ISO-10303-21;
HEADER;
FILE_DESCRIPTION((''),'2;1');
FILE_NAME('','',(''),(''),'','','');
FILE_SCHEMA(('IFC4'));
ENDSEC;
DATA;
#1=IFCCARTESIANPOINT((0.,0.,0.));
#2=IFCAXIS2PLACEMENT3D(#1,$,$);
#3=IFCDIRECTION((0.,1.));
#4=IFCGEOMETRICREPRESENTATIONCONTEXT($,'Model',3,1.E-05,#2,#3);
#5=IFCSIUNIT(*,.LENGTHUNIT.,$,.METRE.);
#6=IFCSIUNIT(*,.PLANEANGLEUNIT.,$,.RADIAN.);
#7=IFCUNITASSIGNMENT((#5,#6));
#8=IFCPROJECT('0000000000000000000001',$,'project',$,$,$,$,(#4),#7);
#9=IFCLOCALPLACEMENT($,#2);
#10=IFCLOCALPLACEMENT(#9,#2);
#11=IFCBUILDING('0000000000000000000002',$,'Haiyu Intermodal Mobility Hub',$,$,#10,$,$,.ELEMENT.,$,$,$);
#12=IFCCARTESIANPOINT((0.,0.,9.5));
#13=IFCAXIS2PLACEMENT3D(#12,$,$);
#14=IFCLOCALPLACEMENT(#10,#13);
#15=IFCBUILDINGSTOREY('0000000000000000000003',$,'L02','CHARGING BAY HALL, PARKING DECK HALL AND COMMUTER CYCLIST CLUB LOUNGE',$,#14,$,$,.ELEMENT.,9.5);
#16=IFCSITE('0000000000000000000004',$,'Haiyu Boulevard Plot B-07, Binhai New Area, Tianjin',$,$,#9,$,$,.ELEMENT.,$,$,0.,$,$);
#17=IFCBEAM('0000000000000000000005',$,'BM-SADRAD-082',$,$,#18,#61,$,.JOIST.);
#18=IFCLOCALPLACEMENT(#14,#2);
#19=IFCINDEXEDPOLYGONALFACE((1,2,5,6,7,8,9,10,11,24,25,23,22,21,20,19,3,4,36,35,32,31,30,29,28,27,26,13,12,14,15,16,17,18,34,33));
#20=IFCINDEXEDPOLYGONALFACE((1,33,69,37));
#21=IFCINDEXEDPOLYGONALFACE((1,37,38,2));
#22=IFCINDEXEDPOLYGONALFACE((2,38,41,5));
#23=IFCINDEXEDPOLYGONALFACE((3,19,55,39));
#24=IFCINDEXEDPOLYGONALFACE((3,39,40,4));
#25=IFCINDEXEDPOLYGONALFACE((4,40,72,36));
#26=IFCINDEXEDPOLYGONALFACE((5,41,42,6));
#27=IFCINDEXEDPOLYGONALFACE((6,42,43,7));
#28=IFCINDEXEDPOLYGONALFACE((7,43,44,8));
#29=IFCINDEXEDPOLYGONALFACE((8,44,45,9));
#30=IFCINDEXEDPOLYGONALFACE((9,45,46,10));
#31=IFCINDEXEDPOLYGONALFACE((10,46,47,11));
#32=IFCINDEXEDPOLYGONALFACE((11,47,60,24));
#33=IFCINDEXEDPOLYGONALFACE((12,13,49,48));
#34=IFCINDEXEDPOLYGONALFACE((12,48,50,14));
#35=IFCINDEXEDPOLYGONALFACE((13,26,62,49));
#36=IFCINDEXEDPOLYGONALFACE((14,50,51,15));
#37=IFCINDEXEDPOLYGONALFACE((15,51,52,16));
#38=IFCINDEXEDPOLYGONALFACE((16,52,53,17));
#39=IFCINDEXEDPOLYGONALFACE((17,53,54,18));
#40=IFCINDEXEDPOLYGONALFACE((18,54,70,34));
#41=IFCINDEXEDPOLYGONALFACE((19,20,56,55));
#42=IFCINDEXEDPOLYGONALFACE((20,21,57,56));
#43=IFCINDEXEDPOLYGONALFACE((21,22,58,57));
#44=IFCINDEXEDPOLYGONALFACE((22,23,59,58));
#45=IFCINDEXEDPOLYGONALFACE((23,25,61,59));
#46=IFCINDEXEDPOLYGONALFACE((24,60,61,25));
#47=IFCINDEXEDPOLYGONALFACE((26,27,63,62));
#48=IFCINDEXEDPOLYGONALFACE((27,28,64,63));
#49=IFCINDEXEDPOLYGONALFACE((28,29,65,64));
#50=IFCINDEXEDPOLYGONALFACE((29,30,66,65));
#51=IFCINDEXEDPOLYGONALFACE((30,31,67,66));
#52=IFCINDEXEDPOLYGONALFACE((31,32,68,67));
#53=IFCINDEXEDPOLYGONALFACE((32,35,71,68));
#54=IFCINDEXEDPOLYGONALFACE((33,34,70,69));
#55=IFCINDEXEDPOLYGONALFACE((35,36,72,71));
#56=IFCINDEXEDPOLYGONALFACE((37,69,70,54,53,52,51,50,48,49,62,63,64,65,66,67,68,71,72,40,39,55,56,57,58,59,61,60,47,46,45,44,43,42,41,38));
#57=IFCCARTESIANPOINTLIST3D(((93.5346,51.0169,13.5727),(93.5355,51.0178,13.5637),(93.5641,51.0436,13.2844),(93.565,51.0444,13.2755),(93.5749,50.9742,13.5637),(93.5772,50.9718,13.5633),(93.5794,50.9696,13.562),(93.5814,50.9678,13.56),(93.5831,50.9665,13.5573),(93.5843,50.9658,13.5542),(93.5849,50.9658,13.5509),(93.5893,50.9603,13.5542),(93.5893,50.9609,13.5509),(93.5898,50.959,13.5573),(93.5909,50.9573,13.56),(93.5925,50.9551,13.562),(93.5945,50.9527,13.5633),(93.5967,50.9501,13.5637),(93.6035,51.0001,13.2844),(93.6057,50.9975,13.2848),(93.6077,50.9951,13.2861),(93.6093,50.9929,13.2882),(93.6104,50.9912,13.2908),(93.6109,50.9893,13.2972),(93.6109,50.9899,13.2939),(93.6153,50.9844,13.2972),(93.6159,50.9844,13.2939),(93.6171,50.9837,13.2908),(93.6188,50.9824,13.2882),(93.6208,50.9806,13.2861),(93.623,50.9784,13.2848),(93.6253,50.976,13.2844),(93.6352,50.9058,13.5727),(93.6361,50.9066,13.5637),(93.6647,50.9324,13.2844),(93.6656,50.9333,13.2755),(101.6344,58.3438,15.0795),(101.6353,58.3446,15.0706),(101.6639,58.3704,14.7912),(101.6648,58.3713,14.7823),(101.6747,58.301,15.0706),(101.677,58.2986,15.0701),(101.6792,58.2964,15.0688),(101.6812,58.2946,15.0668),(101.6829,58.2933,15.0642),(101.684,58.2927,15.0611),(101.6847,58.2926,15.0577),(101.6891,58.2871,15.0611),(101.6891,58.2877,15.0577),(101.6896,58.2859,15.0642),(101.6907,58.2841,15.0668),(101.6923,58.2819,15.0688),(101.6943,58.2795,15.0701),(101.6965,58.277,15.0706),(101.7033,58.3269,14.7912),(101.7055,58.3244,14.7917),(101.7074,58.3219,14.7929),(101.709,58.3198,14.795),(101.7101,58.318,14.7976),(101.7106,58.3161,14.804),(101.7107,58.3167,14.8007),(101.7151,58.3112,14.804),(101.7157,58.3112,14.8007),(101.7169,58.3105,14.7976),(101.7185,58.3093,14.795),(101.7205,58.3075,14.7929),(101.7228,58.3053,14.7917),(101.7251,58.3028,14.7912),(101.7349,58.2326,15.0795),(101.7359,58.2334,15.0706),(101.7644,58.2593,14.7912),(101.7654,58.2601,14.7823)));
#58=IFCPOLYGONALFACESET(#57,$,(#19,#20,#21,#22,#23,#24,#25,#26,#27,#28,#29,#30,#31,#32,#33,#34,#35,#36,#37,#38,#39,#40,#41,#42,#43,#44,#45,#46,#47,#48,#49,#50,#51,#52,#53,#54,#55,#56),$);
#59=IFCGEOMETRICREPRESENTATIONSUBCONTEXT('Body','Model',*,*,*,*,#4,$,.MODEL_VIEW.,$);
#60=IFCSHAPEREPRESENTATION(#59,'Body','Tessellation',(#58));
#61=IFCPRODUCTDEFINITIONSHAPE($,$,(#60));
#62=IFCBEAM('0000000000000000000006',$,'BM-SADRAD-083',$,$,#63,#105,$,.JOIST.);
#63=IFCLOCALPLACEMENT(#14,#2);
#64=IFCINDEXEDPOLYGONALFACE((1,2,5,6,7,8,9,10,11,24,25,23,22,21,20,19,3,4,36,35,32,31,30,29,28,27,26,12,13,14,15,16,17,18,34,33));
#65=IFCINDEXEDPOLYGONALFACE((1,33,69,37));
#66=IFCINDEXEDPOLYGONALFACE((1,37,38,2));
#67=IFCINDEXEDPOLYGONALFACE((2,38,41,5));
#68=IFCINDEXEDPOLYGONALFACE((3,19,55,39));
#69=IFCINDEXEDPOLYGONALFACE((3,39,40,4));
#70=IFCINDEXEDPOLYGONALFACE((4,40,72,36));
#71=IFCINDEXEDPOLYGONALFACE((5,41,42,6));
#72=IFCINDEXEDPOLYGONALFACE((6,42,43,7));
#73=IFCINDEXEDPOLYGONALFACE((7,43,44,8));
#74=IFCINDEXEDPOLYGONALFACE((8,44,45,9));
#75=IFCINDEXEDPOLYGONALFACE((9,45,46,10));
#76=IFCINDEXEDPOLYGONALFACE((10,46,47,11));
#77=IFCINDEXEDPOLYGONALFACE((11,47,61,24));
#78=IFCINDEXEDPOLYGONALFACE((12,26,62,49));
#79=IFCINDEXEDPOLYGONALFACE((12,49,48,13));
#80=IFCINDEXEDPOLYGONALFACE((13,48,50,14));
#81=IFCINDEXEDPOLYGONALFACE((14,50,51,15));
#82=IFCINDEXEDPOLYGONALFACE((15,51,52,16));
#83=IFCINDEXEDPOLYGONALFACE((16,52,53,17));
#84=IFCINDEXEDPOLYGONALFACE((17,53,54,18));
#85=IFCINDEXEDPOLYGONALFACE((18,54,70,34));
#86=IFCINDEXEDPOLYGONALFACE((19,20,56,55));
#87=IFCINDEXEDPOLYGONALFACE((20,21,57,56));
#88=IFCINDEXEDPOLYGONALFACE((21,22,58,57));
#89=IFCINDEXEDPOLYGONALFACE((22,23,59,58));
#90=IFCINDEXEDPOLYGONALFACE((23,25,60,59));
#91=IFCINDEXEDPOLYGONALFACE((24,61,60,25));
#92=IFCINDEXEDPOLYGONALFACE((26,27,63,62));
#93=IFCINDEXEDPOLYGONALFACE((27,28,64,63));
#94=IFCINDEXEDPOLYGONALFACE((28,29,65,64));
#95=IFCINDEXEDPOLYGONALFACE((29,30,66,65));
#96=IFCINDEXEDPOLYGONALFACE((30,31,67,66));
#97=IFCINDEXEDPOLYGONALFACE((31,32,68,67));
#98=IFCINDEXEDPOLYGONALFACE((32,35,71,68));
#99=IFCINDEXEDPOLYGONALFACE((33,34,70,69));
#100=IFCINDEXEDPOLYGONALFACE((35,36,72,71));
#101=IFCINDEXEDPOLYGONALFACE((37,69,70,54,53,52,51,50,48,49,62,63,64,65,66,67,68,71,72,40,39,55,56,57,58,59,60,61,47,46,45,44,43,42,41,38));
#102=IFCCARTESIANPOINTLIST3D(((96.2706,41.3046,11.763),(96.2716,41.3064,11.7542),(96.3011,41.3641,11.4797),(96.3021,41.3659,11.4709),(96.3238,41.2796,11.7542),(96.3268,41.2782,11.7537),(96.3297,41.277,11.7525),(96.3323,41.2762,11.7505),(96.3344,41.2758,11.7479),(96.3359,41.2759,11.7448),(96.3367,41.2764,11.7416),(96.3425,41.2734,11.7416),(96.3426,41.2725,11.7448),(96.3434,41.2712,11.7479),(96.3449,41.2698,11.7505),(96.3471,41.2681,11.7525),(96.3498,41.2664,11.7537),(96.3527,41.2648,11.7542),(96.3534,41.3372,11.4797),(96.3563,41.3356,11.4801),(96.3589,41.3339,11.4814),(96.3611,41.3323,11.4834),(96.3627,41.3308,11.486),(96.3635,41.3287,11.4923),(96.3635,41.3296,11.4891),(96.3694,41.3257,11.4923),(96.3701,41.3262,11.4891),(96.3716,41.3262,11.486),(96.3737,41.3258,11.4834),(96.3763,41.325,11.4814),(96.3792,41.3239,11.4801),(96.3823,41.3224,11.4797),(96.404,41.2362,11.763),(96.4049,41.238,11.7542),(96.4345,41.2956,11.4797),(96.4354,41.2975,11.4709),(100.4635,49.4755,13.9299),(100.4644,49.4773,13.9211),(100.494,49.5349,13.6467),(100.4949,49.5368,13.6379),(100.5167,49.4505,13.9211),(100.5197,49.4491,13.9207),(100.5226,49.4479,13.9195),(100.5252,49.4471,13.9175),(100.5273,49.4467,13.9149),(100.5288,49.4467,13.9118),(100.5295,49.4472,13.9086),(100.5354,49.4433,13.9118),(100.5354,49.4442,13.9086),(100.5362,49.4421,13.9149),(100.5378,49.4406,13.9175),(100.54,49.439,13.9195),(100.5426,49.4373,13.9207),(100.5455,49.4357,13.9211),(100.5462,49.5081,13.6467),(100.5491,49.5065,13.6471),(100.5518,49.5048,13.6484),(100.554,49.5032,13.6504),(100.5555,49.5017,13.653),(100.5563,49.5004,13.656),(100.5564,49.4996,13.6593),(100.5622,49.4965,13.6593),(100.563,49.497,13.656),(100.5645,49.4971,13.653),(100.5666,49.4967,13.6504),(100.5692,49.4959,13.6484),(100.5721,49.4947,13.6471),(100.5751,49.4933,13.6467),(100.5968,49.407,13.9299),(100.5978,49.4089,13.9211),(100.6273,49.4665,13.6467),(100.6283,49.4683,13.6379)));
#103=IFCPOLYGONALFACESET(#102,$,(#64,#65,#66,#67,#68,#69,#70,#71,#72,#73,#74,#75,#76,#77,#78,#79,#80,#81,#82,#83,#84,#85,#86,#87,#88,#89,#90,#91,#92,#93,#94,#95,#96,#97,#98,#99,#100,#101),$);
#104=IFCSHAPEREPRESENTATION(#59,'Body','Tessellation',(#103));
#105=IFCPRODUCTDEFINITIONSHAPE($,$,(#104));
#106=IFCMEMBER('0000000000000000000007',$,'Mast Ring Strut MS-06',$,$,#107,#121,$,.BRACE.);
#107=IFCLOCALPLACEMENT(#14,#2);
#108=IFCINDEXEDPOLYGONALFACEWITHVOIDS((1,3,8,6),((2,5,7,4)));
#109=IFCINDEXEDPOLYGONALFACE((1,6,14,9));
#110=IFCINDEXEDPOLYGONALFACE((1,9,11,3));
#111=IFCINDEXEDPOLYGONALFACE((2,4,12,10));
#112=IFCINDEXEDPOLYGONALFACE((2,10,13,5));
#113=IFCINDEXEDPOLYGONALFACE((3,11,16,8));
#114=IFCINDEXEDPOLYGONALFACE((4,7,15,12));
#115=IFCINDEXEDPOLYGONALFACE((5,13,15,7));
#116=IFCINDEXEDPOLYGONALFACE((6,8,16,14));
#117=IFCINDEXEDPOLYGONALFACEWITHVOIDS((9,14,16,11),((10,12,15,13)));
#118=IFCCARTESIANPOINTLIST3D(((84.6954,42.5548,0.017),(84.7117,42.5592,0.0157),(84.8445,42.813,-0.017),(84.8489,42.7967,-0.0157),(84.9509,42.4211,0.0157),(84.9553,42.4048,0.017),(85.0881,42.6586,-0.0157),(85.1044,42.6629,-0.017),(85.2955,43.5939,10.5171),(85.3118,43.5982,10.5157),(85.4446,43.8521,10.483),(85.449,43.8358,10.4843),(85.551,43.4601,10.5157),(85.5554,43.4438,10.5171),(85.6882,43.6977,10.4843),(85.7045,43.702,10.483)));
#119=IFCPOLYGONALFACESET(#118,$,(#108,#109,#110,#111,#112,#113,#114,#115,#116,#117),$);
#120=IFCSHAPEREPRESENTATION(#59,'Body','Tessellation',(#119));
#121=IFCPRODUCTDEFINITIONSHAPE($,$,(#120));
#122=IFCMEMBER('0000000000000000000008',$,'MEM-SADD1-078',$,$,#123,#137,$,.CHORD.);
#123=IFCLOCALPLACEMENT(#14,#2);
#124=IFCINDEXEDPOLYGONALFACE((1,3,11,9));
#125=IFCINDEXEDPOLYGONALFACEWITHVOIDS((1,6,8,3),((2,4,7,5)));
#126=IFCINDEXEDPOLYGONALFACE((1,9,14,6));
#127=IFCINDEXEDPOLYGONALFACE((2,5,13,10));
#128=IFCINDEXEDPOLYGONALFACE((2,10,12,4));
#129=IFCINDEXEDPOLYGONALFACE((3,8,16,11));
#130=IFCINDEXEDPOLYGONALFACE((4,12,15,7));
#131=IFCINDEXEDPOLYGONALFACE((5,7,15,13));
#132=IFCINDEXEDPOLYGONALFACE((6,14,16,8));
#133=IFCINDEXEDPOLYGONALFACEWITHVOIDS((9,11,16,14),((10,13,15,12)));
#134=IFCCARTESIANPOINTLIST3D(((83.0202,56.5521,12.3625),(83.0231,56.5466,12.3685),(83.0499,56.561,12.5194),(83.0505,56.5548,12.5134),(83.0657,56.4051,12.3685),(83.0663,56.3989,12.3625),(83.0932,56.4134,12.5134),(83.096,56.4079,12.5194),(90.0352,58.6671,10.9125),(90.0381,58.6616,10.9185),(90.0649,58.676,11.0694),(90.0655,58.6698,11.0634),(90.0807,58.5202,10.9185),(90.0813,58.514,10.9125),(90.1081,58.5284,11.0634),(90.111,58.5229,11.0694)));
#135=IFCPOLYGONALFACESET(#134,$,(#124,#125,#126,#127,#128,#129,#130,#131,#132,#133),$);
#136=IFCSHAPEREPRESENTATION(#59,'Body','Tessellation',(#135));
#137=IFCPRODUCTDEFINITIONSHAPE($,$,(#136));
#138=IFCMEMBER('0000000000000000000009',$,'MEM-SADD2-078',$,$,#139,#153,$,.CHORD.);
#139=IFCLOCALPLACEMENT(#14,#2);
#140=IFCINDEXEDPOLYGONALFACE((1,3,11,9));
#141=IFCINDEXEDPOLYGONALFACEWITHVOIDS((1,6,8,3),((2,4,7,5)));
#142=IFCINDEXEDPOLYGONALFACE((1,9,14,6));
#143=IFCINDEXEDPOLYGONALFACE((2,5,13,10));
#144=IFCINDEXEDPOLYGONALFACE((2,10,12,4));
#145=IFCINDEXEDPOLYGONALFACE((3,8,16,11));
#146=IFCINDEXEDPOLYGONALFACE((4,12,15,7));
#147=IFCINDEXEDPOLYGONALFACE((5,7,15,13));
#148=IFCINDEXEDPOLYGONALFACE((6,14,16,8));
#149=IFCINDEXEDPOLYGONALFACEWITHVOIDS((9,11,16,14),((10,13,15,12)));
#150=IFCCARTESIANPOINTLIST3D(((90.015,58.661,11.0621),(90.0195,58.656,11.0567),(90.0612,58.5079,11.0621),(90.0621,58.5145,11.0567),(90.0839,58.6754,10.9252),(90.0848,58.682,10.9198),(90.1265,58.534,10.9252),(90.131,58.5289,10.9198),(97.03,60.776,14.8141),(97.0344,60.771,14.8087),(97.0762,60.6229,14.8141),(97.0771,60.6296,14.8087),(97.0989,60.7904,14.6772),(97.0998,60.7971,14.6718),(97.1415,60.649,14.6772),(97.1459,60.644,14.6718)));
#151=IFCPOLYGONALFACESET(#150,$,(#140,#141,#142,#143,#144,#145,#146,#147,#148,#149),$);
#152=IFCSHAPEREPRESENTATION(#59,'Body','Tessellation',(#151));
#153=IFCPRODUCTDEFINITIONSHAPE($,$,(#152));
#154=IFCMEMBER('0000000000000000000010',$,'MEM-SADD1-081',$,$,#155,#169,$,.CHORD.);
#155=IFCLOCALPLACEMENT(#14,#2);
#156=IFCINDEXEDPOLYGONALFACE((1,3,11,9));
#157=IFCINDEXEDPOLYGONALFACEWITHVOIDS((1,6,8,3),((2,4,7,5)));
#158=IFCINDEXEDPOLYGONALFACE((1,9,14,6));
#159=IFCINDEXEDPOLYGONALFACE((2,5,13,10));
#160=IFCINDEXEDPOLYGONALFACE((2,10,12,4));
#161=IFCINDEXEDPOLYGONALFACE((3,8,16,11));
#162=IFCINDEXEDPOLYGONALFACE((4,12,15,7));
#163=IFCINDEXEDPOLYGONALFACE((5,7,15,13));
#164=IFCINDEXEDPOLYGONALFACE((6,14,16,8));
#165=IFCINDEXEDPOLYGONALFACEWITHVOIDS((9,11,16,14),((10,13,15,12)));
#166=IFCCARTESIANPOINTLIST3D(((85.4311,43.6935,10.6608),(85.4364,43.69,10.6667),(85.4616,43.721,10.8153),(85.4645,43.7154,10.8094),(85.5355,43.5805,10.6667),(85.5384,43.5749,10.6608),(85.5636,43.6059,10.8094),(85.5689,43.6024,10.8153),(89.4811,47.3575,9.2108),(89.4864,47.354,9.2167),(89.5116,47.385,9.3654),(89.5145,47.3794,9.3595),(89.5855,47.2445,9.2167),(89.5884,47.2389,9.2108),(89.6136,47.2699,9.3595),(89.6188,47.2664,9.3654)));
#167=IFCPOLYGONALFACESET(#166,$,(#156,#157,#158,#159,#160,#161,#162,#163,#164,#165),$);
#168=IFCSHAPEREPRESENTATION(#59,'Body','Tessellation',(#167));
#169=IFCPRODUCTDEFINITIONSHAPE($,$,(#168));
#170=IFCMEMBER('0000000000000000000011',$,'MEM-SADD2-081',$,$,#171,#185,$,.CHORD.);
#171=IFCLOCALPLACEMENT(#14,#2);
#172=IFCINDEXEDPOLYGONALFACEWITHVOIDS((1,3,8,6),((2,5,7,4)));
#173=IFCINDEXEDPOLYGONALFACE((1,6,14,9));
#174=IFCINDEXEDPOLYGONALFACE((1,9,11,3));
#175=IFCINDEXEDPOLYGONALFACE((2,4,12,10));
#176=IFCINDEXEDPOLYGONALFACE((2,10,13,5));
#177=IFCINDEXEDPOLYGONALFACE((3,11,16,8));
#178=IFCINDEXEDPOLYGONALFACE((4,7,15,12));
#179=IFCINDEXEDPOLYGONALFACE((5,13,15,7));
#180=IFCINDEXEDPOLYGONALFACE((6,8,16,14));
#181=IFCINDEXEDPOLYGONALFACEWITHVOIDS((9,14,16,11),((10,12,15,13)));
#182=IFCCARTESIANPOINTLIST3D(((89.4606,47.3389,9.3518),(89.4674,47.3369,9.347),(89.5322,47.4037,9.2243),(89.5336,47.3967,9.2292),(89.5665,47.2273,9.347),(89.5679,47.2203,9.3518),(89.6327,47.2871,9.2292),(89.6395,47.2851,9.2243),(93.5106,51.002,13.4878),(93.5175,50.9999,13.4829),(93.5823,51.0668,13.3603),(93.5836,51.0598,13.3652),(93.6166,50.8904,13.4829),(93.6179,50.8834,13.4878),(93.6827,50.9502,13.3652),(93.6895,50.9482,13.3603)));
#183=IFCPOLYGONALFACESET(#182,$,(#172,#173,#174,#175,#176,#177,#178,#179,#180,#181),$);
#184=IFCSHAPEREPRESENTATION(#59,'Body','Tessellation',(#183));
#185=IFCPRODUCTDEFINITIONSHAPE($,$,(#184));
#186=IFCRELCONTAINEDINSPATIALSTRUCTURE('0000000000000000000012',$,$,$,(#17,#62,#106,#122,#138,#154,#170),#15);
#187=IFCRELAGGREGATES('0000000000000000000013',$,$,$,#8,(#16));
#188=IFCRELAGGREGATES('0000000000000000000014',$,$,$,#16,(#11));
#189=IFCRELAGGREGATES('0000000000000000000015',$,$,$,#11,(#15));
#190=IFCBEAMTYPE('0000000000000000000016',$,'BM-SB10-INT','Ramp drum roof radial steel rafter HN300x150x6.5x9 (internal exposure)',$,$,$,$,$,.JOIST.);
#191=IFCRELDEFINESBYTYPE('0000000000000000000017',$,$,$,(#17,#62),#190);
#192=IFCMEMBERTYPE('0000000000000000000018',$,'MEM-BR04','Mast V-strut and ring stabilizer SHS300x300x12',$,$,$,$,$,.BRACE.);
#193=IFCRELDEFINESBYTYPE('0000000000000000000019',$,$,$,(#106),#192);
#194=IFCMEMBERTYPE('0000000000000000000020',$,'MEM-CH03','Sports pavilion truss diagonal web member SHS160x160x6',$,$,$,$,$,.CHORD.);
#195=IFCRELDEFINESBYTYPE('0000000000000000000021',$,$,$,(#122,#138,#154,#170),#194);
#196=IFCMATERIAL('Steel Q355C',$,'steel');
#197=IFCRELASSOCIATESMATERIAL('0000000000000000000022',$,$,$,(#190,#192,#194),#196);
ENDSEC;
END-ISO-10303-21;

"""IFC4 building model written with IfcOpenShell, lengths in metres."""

from ifc_helpers import new_model, si_unit, direction, frame, origin, origin_2d, place, context, subcontext, project, spatial, hollow_rectangle, i_section, extrude, material, material_profile, profile_set, type_object, element, save


model = new_model("IFC4")

# Units and contexts
model_context = context("Model", 3, precision=1e-05, world=origin(), true_north=direction((0.0, 1.0)))
body_context = subcontext(model_context, "Body", "Model", "MODEL_VIEW")
ifc_project = project(units=[si_unit("LENGTHUNIT", "METRE"), si_unit("PLANEANGLEUNIT", "RADIAN")], contexts=[model_context])

# Site, building, storey
site_placement = place(None, origin())
site = spatial("IfcSite", under=ifc_project, at=site_placement, Name="Haiyu Boulevard Plot B-07, Binhai New Area, Tianjin", CompositionType="ELEMENT", RefElevation=0.0)
building_placement = place(site_placement, origin())
building = spatial("IfcBuilding", under=site, at=building_placement, Name="Haiyu Intermodal Mobility Hub", CompositionType="ELEMENT")
storey_placement = place(building_placement, frame((0.0, 0.0, 9.5)))
storey = spatial("IfcBuildingStorey", under=building, at=storey_placement, Name="L02", Description="CHARGING BAY HALL, PARKING DECK HALL AND COMMUTER CYCLIST CLUB LOUNGE", CompositionType="ELEMENT", Elevation=9.5)

# Shared definitions
ifc_material_1 = material(Name="Steel Q355C", Category="steel")

# Beams
ifc_material_profile_1 = material_profile(ifc_material_1, i_section(OverallWidth=0.1499, OverallDepth=0.3, WebThickness=0.0066, FlangeThickness=0.009, FilletRadius=0.0129, at=origin_2d()), Name="HN300x150x6.5x9")
ifc_profile_set_1 = profile_set([ifc_material_profile_1], Name="Steel Q355C")
beam_type_1 = type_object("IfcBeamType", Name="BM-SB10-INT", Description="Ramp drum roof radial steel rafter HN300x150x6.5x9 (internal exposure)", PredefinedType="JOIST", material=ifc_profile_set_1)
beam_1_placement = place(storey_placement, frame((93.6001, 50.9751, 13.4241), z_axis=(0.734647, 0.664542, 0.136668), x_axis=(-0.670836, 0.741606, 0.0)))
element("IfcBeam", 1, at=beam_1_placement, inside=storey, type_object=beam_type_1, Name="BM-SADRAD-082", PredefinedType="JOIST", context=body_context, shape_type="SweptSolid", body=[
    extrude(i_section(OverallWidth=0.1499, OverallDepth=0.3, WebThickness=0.0066, FlangeThickness=0.009, FilletRadius=0.0129, at=origin_2d()), origin(), (0.0, 0.0, 1.0), 11.0254),
])
beam_2_placement = place(storey_placement, frame((96.353, 41.301, 11.6169), z_axis=(0.444345, 0.865921, 0.22965), x_axis=(-0.8897, 0.456547, 0.0)))
element("IfcBeam", 2, at=beam_2_placement, inside=storey, type_object=beam_type_1, Name="BM-SADRAD-083", PredefinedType="JOIST", context=body_context, shape_type="SweptSolid", body=[
    extrude(i_section(OverallWidth=0.1499, OverallDepth=0.3, WebThickness=0.0066, FlangeThickness=0.009, FilletRadius=0.0129, at=origin_2d()), origin(), (0.0, 0.0, 1.0), 9.436),
])

# Members
ifc_material_profile_2 = material_profile(ifc_material_1, hollow_rectangle(XDim=0.3, YDim=0.3, WallThickness=0.012, at=origin_2d()), Name="SHS300x300x12")
ifc_profile_set_2 = profile_set([ifc_material_profile_2], Name="Steel Q355C")
member_type_1 = type_object("IfcMemberType", Name="MEM-BR04", Description="Mast V-strut and ring stabilizer SHS300x300x12", PredefinedType="BRACE", material=ifc_profile_set_2)
member_1_placement = place(storey_placement, frame((84.8999, 42.6089, 0.0), z_axis=(0.056783, 0.098318, 0.993534), x_axis=(-0.865955, 0.500122, 0.0)))
element("IfcMember", 3, at=member_1_placement, inside=storey, type_object=member_type_1, Name="Mast Ring Strut MS-06", PredefinedType="BRACE", context=body_context, shape_type="SweptSolid", body=[
    extrude(hollow_rectangle(XDim=0.3, YDim=0.3, WallThickness=0.012, at=origin_2d()), origin(), (0.0, 0.0, 1.0), 10.5684),
])
ifc_material_profile_3 = material_profile(ifc_material_1, hollow_rectangle(XDim=0.1599, YDim=0.1599, WallThickness=0.0061, at=origin_2d()), Name="SHS160x160x6")
ifc_profile_set_3 = profile_set([ifc_material_profile_3], Name="Steel Q355C")
member_type_2 = type_object("IfcMemberType", Name="MEM-CH03", Description="Sports pavilion truss diagonal web member SHS160x160x6", PredefinedType="CHORD", material=ifc_profile_set_3)
member_2_placement = place(storey_placement, frame((83.0581, 56.48, 12.4409), z_axis=(0.939215, 0.283173, -0.194132), x_axis=(-0.288665, 0.95743, 0.0)))
element("IfcMember", 4, at=member_2_placement, inside=storey, type_object=member_type_2, Name="MEM-SADD1-078", PredefinedType="CHORD", context=body_context, shape_type="SweptSolid", body=[
    extrude(hollow_rectangle(XDim=0.1599, YDim=0.1599, WallThickness=0.0061, at=origin_2d()), origin(), (0.0, 0.0, 1.0), 7.469),
])
member_3_placement = place(storey_placement, frame((90.073, 58.595, 10.991), z_axis=(0.852192, 0.256936, 0.455799), x_axis=(-0.288665, 0.95743, 0.0)))
element("IfcMember", 5, at=member_3_placement, inside=storey, type_object=member_type_2, Name="MEM-SADD2-078", PredefinedType="CHORD", context=body_context, shape_type="SweptSolid", body=[
    extrude(hollow_rectangle(XDim=0.1599, YDim=0.1599, WallThickness=0.0061, at=origin_2d()), origin(), (0.0, 0.0, 1.0), 8.2317),
])
member_4_placement = place(storey_placement, frame((85.5, 43.6479, 10.738), z_axis=(0.716732, 0.648424, -0.256596), x_axis=(-0.670886, 0.74156, 0.0)))
element("IfcMember", 6, at=member_4_placement, inside=storey, type_object=member_type_2, Name="MEM-SADD1-081", PredefinedType="CHORD", context=body_context, shape_type="SweptSolid", body=[
    extrude(hollow_rectangle(XDim=0.1599, YDim=0.1599, WallThickness=0.0061, at=origin_2d()), origin(), (0.0, 0.0, 1.0), 5.6506),
])
member_5_placement = place(storey_placement, frame((89.55, 47.312, 9.2881), z_axis=(0.591217, 0.534729, 0.603762), x_axis=(-0.670788, 0.741649, 0.0)))
element("IfcMember", 7, at=member_5_placement, inside=storey, type_object=member_type_2, Name="MEM-SADD2-081", PredefinedType="CHORD", context=body_context, shape_type="SweptSolid", body=[
    extrude(hollow_rectangle(XDim=0.1599, YDim=0.1599, WallThickness=0.0061, at=origin_2d()), origin(), (0.0, 0.0, 1.0), 6.8503),
])

save(model, "model.ifc")
